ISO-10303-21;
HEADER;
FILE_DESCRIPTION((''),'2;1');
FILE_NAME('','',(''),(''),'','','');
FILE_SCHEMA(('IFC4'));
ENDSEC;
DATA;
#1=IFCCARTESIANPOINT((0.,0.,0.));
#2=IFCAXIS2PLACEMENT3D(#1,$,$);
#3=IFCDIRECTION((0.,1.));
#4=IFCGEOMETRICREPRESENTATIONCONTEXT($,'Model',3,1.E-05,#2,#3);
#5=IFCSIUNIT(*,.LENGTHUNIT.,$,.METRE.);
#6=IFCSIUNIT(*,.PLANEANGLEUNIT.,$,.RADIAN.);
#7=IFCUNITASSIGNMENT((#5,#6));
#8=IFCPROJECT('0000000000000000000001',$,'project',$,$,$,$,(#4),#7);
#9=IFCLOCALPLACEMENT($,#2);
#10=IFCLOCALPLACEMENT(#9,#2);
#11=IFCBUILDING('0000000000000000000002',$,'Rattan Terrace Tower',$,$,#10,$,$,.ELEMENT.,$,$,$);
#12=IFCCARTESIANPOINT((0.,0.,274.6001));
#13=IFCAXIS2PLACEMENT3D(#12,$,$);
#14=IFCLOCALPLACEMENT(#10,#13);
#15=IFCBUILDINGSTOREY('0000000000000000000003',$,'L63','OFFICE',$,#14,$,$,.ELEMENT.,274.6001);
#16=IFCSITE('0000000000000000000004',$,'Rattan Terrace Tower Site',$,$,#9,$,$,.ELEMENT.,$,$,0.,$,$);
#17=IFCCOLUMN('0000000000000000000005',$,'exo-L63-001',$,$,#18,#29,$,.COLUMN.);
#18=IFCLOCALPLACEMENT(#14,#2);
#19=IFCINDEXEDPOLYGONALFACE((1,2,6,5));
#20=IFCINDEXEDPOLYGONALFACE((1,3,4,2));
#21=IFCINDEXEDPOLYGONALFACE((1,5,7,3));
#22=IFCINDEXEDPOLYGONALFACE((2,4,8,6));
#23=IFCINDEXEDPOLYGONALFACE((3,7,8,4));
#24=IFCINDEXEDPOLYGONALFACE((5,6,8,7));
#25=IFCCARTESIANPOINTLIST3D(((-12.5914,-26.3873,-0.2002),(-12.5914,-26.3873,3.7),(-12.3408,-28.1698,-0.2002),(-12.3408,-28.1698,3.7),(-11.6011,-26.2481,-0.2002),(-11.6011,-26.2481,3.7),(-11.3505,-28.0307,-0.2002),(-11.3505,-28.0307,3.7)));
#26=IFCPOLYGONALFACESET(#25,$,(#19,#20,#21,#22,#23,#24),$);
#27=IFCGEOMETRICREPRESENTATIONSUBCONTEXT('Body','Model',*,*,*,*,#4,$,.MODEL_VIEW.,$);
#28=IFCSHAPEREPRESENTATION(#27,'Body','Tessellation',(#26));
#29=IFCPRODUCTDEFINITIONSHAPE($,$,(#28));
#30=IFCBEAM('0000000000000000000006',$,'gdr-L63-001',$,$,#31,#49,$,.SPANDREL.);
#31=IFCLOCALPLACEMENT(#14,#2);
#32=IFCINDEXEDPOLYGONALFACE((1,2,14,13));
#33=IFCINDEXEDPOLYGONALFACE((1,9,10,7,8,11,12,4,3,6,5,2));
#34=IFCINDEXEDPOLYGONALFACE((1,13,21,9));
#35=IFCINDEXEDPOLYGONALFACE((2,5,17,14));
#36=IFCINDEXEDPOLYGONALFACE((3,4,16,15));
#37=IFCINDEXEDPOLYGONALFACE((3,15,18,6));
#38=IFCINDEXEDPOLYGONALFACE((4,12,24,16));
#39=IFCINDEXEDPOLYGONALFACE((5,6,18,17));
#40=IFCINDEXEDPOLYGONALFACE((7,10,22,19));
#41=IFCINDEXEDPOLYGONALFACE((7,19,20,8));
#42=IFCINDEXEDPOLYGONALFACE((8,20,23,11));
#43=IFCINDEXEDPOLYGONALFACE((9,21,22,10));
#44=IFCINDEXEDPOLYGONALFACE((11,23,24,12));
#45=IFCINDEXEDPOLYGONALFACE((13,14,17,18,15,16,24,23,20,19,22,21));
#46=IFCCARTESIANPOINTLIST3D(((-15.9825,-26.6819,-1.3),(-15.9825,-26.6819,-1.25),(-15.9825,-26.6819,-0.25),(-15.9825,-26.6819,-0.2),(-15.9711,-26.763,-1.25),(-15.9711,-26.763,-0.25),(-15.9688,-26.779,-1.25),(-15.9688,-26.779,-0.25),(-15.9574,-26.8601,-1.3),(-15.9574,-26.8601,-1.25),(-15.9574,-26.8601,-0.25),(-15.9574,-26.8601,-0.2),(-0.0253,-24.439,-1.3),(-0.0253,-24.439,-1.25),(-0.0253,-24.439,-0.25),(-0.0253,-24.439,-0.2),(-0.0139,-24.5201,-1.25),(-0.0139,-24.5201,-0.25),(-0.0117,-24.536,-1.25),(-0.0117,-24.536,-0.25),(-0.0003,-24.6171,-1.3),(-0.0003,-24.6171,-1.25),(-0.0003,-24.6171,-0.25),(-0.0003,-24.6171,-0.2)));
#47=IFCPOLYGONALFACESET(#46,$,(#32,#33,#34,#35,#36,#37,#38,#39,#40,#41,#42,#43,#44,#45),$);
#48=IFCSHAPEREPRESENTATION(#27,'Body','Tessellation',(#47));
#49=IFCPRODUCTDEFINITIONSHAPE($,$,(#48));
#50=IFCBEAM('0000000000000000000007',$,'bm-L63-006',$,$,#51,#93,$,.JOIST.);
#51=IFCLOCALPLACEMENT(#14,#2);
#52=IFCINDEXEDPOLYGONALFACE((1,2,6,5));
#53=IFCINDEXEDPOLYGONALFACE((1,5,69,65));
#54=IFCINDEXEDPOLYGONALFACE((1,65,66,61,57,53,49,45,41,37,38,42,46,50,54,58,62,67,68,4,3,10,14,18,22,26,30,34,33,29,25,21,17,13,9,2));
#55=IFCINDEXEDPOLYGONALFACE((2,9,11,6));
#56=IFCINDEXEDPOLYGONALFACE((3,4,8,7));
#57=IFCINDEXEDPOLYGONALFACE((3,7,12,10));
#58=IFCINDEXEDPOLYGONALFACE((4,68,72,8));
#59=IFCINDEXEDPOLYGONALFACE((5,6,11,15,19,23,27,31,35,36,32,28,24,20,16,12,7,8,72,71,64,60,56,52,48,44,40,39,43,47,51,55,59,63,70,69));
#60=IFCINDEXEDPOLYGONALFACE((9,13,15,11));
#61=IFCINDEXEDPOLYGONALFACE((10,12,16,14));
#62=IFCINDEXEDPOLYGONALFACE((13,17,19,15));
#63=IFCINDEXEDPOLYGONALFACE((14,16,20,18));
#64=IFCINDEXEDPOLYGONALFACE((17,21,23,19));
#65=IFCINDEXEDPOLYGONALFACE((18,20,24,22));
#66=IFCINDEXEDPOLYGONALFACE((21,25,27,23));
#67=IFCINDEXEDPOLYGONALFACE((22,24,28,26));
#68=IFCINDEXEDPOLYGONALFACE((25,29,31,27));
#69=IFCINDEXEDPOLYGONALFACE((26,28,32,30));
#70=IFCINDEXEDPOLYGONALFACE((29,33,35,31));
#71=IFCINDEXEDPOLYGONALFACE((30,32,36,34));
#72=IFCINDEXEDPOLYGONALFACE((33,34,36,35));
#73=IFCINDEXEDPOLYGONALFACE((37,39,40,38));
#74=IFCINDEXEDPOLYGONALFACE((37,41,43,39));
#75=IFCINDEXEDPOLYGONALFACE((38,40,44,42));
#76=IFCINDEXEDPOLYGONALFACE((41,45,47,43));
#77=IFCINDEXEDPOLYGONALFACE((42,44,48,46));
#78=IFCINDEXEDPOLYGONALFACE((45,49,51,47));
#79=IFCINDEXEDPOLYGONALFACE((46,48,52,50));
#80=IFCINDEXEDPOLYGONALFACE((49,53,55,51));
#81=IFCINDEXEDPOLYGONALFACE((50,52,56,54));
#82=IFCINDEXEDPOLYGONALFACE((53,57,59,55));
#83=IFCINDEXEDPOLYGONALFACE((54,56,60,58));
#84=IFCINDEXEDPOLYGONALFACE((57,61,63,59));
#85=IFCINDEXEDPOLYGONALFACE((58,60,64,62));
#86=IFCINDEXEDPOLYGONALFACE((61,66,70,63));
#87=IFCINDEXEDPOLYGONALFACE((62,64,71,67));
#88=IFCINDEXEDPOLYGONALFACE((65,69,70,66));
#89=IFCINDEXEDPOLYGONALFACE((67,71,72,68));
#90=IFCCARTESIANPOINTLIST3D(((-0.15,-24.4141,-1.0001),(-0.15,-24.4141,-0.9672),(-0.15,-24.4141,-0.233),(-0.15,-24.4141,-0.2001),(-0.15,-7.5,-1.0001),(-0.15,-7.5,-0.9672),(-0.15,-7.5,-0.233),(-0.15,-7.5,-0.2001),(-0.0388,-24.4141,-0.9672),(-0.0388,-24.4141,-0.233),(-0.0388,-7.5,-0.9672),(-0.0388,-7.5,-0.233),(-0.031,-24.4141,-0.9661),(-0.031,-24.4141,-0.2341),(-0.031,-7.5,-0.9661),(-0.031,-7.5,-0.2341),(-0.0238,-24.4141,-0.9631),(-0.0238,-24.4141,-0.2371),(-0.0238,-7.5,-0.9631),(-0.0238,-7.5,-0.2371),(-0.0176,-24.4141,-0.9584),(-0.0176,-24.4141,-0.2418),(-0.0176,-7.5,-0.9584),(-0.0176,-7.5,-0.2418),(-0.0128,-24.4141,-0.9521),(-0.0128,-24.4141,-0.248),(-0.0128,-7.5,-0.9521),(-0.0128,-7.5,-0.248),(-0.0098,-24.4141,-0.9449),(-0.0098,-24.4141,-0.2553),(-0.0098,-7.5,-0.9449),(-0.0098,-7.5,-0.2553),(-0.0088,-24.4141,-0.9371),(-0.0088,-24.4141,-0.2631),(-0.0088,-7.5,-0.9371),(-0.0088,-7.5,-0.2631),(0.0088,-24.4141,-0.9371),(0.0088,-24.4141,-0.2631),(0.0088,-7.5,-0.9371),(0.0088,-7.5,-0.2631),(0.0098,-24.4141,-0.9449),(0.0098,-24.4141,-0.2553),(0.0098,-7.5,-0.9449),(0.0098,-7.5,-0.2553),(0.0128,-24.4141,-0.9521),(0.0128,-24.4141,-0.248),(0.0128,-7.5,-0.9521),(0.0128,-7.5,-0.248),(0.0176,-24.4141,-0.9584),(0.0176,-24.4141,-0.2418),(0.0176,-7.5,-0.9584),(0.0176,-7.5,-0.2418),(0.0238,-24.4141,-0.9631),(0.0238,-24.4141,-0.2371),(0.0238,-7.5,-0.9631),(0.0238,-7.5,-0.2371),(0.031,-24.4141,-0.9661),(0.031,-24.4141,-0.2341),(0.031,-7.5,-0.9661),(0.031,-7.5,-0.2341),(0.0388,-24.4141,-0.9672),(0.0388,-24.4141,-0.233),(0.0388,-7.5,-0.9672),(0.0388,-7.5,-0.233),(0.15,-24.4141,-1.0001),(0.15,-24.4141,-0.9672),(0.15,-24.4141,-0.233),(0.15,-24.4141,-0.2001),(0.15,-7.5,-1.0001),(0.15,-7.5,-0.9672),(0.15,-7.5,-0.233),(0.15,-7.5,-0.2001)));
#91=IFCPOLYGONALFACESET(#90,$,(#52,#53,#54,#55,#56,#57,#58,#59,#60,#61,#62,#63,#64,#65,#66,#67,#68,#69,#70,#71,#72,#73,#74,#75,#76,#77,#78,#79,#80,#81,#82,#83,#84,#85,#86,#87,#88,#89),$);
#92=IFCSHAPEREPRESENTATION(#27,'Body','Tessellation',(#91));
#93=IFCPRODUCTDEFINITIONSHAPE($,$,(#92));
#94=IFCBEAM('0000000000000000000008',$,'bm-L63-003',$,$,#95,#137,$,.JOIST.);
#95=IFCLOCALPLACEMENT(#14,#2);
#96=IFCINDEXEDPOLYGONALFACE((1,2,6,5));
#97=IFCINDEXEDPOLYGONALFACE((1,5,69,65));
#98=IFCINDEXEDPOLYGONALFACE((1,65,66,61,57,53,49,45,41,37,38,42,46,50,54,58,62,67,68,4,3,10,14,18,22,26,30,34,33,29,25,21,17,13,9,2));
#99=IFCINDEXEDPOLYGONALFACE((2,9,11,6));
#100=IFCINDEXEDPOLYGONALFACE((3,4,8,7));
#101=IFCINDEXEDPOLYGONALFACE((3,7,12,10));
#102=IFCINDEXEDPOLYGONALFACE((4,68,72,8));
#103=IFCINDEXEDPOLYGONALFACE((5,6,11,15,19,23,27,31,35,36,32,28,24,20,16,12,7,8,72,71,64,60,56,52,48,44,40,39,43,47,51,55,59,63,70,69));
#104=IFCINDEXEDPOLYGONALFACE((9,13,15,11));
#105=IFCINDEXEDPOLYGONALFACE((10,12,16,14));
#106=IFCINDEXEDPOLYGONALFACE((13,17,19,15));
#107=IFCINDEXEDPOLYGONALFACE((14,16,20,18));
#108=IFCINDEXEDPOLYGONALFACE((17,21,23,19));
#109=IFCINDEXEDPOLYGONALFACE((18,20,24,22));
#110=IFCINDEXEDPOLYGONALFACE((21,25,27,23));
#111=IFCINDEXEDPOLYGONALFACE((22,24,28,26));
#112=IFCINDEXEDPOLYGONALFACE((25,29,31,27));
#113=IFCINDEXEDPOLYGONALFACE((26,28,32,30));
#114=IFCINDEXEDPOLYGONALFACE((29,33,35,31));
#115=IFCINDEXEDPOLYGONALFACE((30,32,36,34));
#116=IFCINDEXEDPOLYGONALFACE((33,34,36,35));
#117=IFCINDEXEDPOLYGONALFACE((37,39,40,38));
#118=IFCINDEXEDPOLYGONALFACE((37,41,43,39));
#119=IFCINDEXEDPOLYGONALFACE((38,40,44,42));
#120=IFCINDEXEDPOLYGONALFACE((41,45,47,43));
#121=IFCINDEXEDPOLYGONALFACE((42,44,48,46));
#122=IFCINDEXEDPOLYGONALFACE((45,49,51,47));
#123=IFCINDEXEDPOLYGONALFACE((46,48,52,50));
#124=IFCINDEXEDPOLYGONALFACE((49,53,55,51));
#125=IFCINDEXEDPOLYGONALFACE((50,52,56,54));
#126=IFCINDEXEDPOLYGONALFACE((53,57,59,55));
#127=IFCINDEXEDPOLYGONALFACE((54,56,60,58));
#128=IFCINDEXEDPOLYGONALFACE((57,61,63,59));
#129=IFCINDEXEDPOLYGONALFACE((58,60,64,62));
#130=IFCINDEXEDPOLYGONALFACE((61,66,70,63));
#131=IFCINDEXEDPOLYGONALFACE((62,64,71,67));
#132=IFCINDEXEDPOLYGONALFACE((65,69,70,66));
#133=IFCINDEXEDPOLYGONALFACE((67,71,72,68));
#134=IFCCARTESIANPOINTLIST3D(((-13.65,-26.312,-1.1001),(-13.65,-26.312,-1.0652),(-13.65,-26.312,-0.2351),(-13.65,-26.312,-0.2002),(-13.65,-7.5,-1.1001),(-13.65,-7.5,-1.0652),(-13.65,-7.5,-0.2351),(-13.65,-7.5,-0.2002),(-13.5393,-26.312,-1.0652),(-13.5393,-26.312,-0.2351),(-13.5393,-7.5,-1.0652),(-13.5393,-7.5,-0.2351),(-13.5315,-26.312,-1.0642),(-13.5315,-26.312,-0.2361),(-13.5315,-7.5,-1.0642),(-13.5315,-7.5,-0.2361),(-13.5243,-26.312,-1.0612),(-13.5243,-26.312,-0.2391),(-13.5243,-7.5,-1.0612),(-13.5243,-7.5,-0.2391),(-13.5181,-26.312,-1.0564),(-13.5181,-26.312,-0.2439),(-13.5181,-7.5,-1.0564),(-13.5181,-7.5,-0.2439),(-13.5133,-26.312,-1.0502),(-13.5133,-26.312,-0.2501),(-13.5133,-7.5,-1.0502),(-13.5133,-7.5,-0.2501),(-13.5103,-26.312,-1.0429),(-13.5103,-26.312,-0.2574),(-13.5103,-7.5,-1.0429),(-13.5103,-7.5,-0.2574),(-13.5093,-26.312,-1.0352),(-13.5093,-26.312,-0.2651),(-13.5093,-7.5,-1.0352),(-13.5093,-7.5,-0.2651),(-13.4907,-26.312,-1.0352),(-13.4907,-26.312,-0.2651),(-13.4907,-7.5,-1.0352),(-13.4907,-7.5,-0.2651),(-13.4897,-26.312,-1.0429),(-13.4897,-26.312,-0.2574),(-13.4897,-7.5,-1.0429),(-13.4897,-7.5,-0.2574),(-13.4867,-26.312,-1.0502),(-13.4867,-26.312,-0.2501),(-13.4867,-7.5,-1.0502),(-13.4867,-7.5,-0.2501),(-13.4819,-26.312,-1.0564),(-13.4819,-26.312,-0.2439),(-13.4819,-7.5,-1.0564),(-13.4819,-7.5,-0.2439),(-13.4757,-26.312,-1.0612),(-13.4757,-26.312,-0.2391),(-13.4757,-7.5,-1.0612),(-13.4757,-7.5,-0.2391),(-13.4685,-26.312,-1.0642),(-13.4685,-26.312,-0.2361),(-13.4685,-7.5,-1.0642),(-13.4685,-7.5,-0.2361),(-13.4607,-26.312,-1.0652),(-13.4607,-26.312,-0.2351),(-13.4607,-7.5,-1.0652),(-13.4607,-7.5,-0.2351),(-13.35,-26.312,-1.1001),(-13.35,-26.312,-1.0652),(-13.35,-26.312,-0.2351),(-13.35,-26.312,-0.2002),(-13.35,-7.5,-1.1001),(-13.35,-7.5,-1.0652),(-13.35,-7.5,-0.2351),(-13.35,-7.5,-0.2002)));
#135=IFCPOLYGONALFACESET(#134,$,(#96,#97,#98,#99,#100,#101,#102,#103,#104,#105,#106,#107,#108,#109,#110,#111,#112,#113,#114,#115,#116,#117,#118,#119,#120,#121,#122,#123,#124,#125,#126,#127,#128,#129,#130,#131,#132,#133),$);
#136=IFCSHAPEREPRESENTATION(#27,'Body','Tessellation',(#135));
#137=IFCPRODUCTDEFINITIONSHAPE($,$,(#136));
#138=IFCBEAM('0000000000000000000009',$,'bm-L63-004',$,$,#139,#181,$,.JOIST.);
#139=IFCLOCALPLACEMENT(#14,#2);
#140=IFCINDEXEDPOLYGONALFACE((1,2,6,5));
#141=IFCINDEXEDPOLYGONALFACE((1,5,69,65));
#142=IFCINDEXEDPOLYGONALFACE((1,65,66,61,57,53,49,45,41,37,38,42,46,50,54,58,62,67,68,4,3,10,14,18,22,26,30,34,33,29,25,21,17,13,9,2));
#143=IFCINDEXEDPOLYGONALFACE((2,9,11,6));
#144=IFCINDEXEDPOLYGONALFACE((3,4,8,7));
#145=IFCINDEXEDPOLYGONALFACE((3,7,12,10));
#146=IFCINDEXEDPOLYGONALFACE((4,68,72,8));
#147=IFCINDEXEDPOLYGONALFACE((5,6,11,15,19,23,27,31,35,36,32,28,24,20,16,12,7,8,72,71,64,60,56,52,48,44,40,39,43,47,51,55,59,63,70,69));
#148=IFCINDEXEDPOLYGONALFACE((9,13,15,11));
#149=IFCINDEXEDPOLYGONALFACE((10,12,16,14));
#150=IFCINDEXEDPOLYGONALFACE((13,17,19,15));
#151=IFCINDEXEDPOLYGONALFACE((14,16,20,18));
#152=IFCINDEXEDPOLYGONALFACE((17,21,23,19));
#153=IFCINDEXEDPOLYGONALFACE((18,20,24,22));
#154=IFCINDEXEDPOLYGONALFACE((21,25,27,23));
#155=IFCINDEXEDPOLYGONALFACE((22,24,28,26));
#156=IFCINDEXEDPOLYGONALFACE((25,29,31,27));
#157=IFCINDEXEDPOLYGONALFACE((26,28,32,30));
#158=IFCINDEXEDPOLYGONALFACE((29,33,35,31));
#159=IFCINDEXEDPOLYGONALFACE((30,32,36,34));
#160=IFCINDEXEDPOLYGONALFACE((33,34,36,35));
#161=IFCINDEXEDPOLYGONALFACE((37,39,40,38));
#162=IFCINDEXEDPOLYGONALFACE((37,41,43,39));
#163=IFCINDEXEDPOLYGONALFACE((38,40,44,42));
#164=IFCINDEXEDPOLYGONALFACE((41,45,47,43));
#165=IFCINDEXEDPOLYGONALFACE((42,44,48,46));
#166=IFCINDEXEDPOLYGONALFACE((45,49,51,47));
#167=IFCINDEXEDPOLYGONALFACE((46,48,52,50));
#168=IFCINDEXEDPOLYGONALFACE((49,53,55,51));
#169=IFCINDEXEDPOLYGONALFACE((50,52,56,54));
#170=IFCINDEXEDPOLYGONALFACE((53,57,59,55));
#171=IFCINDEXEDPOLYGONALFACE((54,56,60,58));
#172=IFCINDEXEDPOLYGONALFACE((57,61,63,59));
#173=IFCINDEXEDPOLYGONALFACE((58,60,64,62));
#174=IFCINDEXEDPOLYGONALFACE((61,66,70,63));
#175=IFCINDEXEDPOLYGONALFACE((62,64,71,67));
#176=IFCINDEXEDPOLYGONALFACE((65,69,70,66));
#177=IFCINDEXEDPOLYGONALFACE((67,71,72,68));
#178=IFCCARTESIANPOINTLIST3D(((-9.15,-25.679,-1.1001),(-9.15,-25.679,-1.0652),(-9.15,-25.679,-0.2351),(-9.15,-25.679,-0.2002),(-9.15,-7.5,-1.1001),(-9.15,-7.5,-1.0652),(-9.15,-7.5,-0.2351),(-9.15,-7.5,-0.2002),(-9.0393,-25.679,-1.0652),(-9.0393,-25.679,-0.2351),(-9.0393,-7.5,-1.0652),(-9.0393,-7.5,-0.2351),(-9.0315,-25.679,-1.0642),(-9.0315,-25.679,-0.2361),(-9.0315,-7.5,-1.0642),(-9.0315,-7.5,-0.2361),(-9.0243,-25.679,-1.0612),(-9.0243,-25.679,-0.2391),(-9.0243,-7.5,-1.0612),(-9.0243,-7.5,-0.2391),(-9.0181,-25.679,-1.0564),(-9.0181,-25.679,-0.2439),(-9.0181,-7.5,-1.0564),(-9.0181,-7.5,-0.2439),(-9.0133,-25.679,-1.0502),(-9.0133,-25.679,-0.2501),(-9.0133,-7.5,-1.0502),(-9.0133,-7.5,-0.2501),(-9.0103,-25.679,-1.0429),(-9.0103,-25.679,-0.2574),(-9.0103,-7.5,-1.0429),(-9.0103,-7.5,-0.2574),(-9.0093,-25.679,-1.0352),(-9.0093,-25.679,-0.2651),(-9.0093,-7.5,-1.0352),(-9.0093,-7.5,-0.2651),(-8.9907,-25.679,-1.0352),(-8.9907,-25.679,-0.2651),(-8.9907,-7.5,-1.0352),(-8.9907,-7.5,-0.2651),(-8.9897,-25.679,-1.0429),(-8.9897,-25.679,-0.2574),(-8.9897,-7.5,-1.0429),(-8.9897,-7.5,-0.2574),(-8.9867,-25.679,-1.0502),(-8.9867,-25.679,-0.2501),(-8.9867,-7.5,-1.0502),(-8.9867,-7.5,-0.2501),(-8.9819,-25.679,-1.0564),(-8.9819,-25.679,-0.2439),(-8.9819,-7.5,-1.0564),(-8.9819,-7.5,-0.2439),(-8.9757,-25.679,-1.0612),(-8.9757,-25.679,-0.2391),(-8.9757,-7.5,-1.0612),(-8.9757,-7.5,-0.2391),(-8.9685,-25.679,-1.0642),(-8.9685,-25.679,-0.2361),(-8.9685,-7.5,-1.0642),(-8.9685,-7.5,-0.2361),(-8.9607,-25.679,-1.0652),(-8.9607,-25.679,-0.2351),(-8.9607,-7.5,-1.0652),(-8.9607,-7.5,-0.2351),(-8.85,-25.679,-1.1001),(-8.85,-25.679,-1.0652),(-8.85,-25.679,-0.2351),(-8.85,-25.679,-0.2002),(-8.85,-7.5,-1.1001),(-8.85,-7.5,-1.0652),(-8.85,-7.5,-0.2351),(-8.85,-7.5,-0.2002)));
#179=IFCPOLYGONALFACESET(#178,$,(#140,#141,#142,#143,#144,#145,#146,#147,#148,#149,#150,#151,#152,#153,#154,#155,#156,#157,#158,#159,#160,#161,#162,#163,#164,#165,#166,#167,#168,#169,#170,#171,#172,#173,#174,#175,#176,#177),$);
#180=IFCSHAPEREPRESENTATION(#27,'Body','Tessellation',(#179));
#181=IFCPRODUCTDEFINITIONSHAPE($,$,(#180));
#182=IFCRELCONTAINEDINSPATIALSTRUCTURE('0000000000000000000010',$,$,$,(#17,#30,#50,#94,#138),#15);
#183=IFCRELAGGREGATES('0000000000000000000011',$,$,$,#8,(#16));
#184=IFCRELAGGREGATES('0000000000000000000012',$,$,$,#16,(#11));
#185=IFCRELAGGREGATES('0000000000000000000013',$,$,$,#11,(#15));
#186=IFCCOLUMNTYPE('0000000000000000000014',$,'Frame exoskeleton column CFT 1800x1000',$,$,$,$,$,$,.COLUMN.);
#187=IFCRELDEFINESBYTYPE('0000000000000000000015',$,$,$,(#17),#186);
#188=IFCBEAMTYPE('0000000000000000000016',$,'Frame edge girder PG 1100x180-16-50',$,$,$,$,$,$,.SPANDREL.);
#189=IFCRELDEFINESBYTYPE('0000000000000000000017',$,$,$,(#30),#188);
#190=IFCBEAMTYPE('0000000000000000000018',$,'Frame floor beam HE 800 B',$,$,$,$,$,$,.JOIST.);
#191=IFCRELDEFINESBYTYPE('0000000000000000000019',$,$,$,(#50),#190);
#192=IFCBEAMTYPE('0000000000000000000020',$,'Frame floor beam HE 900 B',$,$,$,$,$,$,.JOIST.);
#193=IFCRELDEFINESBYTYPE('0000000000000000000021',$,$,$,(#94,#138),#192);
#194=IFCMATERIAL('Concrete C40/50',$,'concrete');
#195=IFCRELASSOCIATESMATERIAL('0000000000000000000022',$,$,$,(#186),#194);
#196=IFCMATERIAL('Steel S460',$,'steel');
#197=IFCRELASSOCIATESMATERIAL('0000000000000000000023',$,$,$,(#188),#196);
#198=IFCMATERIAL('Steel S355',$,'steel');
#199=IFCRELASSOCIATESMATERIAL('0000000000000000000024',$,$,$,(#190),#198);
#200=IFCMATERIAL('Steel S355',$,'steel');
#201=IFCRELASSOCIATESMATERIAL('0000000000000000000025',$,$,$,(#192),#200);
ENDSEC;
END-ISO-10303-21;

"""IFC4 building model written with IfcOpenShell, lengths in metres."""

from ifc_helpers import new_model, si_unit, direction, frame, origin, origin_2d, place, context, subcontext, project, spatial, rectangle, i_section, extrude, material, material_profile, profile_set, type_object, element, save


model = new_model("IFC4")

# Units and contexts
model_context = context("Model", 3, precision=1e-05, world=origin(), true_north=direction((0.0, 1.0)))
body_context = subcontext(model_context, "Body", "Model", "MODEL_VIEW")
ifc_project = project(units=[si_unit("LENGTHUNIT", "METRE"), si_unit("PLANEANGLEUNIT", "RADIAN")], contexts=[model_context])

# Site, building, storey
site_placement = place(None, origin())
site = spatial("IfcSite", under=ifc_project, at=site_placement, Name="Rattan Terrace Tower Site", CompositionType="ELEMENT", RefElevation=0.0)
building_placement = place(site_placement, origin())
building = spatial("IfcBuilding", under=site, at=building_placement, Name="Rattan Terrace Tower", CompositionType="ELEMENT")
storey_placement = place(building_placement, frame((0.0, 0.0, 274.6001)))
storey = spatial("IfcBuildingStorey", under=building, at=storey_placement, Name="L63", Description="OFFICE", CompositionType="ELEMENT", Elevation=274.6001)

# Column
ifc_material_1 = material(Name="Concrete C40/50", Category="concrete")
ifc_material_profile_1 = material_profile(ifc_material_1, rectangle(XDim=1.0, YDim=1.8, at=origin_2d()), Name="CFT 1800x1000")
ifc_profile_set_1 = profile_set([ifc_material_profile_1], Name="Concrete C40/50")
column_type = type_object("IfcColumnType", Name="Frame exoskeleton column CFT 1800x1000", PredefinedType="COLUMN", material=ifc_profile_set_1)
column_placement = place(storey_placement, frame((-11.9709, -27.209, -0.2002), z_axis=(0.0, 0.0, 1.0), x_axis=(0.990266, 0.13919, 0.0)))
element("IfcColumn", 1, at=column_placement, inside=storey, type_object=column_type, Name="exo-L63-001", PredefinedType="COLUMN", context=body_context, shape_type="SweptSolid", body=[
    extrude(rectangle(XDim=1.0, YDim=1.8, at=origin_2d()), origin(), (0.0, 0.0, 1.0), 3.9001),
])

# Beams
ifc_material_2 = material(Name="Steel S460", Category="steel")
ifc_material_profile_2 = material_profile(ifc_material_2, i_section(OverallWidth=0.1799, OverallDepth=1.1001, WebThickness=0.0161, FlangeThickness=0.05, at=origin_2d()), Name="PG 1100x180-16-50")
ifc_profile_set_2 = profile_set([ifc_material_profile_2], Name="Steel S460")
beam_type_1 = type_object("IfcBeamType", Name="Frame edge girder PG 1100x180-16-50", PredefinedType="SPANDREL", material=ifc_profile_set_2)
beam_1_placement = place(storey_placement, frame((-15.97, -26.771, -0.75), z_axis=(0.990265, 0.139192, 0.0), x_axis=(-0.139192, 0.990265, 0.0)))
element("IfcBeam", 2, at=beam_1_placement, inside=storey, type_object=beam_type_1, Name="gdr-L63-001", PredefinedType="SPANDREL", context=body_context, shape_type="SweptSolid", body=[
    extrude(i_section(OverallWidth=0.1799, OverallDepth=1.1001, WebThickness=0.0161, FlangeThickness=0.05, at=origin_2d()), origin(), (0.0, 0.0, 1.0), 16.114),
])
ifc_material_3 = material(Name="Steel S355", Category="steel")
ifc_material_profile_3 = material_profile(ifc_material_3, i_section(OverallWidth=0.3, OverallDepth=0.8, WebThickness=0.0176, FlangeThickness=0.033, FilletRadius=0.03, at=origin_2d()), Name="HE 800 B")
ifc_profile_set_3 = profile_set([ifc_material_profile_3], Name="Steel S355")
beam_type_2 = type_object("IfcBeamType", Name="Frame floor beam HE 800 B", PredefinedType="JOIST", material=ifc_profile_set_3)
beam_2_placement = place(storey_placement, frame((0.0, -24.4141, -0.6001), z_axis=(0.0, 1.0, 0.0), x_axis=(-1.0, 0.0, 0.0)))
element("IfcBeam", 3, at=beam_2_placement, inside=storey, type_object=beam_type_2, Name="bm-L63-006", PredefinedType="JOIST", context=body_context, shape_type="SweptSolid", body=[
    extrude(i_section(OverallWidth=0.3, OverallDepth=0.8, WebThickness=0.0176, FlangeThickness=0.033, FilletRadius=0.03, at=origin_2d()), origin(), (0.0, 0.0, 1.0), 16.9141),
])
ifc_material_4 = material(Name="Steel S355", Category="steel")
ifc_material_profile_4 = material_profile(ifc_material_4, i_section(OverallWidth=0.3, OverallDepth=0.8999, WebThickness=0.0186, FlangeThickness=0.0349, FilletRadius=0.03, at=origin_2d()), Name="HE 900 B")
ifc_profile_set_4 = profile_set([ifc_material_profile_4], Name="Steel S355")
beam_type_3 = type_object("IfcBeamType", Name="Frame floor beam HE 900 B", PredefinedType="JOIST", material=ifc_profile_set_4)
beam_3_placement = place(storey_placement, frame((-13.5, -26.312, -0.6501), z_axis=(0.0, 1.0, 0.0), x_axis=(-1.0, 0.0, 0.0)))
element("IfcBeam", 4, at=beam_3_placement, inside=storey, type_object=beam_type_3, Name="bm-L63-003", PredefinedType="JOIST", context=body_context, shape_type="SweptSolid", body=[
    extrude(i_section(OverallWidth=0.3, OverallDepth=0.8999, WebThickness=0.0186, FlangeThickness=0.0349, FilletRadius=0.03, at=origin_2d()), origin(), (0.0, 0.0, 1.0), 18.812),
])
beam_4_placement = place(storey_placement, frame((-9.0, -25.679, -0.6501), z_axis=(0.0, 1.0, 0.0), x_axis=(-1.0, 0.0, 0.0)))
element("IfcBeam", 5, at=beam_4_placement, inside=storey, type_object=beam_type_3, Name="bm-L63-004", PredefinedType="JOIST", context=body_context, shape_type="SweptSolid", body=[
    extrude(i_section(OverallWidth=0.3, OverallDepth=0.8999, WebThickness=0.0186, FlangeThickness=0.0349, FilletRadius=0.03, at=origin_2d()), origin(), (0.0, 0.0, 1.0), 18.179),
])

save(model, "model.ifc")
